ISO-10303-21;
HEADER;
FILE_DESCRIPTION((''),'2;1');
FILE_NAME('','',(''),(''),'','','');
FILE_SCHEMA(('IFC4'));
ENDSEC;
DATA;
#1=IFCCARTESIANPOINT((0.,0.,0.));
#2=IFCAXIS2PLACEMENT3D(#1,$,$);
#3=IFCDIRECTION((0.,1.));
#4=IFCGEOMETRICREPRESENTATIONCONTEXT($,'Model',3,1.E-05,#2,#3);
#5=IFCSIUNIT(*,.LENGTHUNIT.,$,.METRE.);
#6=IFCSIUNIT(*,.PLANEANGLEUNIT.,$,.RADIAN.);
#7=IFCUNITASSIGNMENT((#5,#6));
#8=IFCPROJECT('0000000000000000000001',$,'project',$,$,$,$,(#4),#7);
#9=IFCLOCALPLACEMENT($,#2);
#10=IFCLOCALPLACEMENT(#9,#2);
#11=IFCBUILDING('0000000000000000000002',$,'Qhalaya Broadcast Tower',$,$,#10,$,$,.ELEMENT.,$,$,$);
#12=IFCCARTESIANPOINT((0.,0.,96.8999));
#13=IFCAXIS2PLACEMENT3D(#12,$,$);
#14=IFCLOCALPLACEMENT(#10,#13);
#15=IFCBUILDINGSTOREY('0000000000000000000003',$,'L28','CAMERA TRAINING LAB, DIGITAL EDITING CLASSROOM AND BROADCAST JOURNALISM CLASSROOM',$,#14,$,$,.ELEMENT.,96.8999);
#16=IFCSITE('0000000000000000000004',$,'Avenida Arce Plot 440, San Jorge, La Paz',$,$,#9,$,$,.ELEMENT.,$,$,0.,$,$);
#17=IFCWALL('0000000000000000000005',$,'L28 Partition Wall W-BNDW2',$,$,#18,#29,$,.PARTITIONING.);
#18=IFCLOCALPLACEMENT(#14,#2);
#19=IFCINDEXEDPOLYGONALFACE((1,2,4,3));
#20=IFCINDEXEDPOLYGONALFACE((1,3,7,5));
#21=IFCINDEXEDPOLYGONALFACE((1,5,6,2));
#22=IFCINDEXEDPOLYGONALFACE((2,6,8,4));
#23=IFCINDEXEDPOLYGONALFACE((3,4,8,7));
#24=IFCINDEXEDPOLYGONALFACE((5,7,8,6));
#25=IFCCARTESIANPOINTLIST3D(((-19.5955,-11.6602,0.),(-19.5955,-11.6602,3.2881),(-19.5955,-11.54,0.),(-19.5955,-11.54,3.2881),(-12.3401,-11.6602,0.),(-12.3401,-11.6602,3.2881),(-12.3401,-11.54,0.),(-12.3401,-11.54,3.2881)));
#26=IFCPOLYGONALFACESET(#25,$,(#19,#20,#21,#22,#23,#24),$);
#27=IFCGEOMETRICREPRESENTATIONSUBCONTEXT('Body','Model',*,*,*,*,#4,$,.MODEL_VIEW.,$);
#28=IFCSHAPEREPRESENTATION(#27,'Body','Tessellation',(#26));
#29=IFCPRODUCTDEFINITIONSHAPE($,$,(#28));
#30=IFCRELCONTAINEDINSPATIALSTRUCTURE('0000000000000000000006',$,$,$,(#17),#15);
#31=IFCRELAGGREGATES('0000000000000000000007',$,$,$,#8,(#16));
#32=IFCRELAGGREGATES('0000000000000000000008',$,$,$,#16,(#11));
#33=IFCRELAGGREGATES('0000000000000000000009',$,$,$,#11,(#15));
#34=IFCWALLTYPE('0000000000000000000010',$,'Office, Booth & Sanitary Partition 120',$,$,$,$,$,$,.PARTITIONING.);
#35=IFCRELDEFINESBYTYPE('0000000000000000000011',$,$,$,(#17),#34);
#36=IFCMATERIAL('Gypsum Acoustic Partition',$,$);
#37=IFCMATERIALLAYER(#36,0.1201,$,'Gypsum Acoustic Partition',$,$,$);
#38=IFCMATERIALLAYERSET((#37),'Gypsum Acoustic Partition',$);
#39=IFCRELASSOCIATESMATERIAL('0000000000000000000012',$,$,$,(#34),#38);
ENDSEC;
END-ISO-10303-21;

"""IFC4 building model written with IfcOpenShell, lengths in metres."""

from ifc_helpers import new_model, si_unit, direction, frame, frame_2d, origin, place, context, subcontext, project, spatial, rectangle, extrude, material, layer, layer_set, type_object, element, save


model = new_model("IFC4")

# Units and contexts
model_context = context("Model", 3, precision=1e-05, world=origin(), true_north=direction((0.0, 1.0)))
body_context = subcontext(model_context, "Body", "Model", "MODEL_VIEW")
ifc_project = project(units=[si_unit("LENGTHUNIT", "METRE"), si_unit("PLANEANGLEUNIT", "RADIAN")], contexts=[model_context])

# Site, building, storey
site_placement = place(None, origin())
site = spatial("IfcSite", under=ifc_project, at=site_placement, Name="Avenida Arce Plot 440, San Jorge, La Paz", CompositionType="ELEMENT", RefElevation=0.0)
building_placement = place(site_placement, origin())
building = spatial("IfcBuilding", under=site, at=building_placement, Name="Qhalaya Broadcast Tower", CompositionType="ELEMENT")
storey_placement = place(building_placement, frame((0.0, 0.0, 96.8999)))
storey = spatial("IfcBuildingStorey", under=building, at=storey_placement, Name="L28", Description="CAMERA TRAINING LAB, DIGITAL EDITING CLASSROOM AND BROADCAST JOURNALISM CLASSROOM", CompositionType="ELEMENT", Elevation=96.8999)

# Shared definitions
ifc_material_1 = material(Name="Gypsum Acoustic Partition")

# Wall
ifc_layer_1 = layer(ifc_material_1, 0.1201, Name="Gypsum Acoustic Partition")
ifc_layer_set_1 = layer_set([ifc_layer_1], Name="Gypsum Acoustic Partition")
wall_type_1 = type_object("IfcWallType", Name="Office, Booth & Sanitary Partition 120", PredefinedType="PARTITIONING", material=ifc_layer_set_1)
wall_1_placement = place(storey_placement, frame((-19.5955, -11.6001, 0.0), z_axis=(0.0, 0.0, 1.0), x_axis=(1.0, 0.0, 0.0)))
element("IfcWall", 1, at=wall_1_placement, inside=storey, type_object=wall_type_1, Name="L28 Partition Wall W-BNDW2", PredefinedType="PARTITIONING", context=body_context, shape_type="SweptSolid", body=[
    extrude(rectangle(XDim=7.2554, YDim=0.1201, at=frame_2d((3.6277, 0.0))), origin(), (0.0, 0.0, 1.0), 3.2881),
])

save(model, "model.ifc")
